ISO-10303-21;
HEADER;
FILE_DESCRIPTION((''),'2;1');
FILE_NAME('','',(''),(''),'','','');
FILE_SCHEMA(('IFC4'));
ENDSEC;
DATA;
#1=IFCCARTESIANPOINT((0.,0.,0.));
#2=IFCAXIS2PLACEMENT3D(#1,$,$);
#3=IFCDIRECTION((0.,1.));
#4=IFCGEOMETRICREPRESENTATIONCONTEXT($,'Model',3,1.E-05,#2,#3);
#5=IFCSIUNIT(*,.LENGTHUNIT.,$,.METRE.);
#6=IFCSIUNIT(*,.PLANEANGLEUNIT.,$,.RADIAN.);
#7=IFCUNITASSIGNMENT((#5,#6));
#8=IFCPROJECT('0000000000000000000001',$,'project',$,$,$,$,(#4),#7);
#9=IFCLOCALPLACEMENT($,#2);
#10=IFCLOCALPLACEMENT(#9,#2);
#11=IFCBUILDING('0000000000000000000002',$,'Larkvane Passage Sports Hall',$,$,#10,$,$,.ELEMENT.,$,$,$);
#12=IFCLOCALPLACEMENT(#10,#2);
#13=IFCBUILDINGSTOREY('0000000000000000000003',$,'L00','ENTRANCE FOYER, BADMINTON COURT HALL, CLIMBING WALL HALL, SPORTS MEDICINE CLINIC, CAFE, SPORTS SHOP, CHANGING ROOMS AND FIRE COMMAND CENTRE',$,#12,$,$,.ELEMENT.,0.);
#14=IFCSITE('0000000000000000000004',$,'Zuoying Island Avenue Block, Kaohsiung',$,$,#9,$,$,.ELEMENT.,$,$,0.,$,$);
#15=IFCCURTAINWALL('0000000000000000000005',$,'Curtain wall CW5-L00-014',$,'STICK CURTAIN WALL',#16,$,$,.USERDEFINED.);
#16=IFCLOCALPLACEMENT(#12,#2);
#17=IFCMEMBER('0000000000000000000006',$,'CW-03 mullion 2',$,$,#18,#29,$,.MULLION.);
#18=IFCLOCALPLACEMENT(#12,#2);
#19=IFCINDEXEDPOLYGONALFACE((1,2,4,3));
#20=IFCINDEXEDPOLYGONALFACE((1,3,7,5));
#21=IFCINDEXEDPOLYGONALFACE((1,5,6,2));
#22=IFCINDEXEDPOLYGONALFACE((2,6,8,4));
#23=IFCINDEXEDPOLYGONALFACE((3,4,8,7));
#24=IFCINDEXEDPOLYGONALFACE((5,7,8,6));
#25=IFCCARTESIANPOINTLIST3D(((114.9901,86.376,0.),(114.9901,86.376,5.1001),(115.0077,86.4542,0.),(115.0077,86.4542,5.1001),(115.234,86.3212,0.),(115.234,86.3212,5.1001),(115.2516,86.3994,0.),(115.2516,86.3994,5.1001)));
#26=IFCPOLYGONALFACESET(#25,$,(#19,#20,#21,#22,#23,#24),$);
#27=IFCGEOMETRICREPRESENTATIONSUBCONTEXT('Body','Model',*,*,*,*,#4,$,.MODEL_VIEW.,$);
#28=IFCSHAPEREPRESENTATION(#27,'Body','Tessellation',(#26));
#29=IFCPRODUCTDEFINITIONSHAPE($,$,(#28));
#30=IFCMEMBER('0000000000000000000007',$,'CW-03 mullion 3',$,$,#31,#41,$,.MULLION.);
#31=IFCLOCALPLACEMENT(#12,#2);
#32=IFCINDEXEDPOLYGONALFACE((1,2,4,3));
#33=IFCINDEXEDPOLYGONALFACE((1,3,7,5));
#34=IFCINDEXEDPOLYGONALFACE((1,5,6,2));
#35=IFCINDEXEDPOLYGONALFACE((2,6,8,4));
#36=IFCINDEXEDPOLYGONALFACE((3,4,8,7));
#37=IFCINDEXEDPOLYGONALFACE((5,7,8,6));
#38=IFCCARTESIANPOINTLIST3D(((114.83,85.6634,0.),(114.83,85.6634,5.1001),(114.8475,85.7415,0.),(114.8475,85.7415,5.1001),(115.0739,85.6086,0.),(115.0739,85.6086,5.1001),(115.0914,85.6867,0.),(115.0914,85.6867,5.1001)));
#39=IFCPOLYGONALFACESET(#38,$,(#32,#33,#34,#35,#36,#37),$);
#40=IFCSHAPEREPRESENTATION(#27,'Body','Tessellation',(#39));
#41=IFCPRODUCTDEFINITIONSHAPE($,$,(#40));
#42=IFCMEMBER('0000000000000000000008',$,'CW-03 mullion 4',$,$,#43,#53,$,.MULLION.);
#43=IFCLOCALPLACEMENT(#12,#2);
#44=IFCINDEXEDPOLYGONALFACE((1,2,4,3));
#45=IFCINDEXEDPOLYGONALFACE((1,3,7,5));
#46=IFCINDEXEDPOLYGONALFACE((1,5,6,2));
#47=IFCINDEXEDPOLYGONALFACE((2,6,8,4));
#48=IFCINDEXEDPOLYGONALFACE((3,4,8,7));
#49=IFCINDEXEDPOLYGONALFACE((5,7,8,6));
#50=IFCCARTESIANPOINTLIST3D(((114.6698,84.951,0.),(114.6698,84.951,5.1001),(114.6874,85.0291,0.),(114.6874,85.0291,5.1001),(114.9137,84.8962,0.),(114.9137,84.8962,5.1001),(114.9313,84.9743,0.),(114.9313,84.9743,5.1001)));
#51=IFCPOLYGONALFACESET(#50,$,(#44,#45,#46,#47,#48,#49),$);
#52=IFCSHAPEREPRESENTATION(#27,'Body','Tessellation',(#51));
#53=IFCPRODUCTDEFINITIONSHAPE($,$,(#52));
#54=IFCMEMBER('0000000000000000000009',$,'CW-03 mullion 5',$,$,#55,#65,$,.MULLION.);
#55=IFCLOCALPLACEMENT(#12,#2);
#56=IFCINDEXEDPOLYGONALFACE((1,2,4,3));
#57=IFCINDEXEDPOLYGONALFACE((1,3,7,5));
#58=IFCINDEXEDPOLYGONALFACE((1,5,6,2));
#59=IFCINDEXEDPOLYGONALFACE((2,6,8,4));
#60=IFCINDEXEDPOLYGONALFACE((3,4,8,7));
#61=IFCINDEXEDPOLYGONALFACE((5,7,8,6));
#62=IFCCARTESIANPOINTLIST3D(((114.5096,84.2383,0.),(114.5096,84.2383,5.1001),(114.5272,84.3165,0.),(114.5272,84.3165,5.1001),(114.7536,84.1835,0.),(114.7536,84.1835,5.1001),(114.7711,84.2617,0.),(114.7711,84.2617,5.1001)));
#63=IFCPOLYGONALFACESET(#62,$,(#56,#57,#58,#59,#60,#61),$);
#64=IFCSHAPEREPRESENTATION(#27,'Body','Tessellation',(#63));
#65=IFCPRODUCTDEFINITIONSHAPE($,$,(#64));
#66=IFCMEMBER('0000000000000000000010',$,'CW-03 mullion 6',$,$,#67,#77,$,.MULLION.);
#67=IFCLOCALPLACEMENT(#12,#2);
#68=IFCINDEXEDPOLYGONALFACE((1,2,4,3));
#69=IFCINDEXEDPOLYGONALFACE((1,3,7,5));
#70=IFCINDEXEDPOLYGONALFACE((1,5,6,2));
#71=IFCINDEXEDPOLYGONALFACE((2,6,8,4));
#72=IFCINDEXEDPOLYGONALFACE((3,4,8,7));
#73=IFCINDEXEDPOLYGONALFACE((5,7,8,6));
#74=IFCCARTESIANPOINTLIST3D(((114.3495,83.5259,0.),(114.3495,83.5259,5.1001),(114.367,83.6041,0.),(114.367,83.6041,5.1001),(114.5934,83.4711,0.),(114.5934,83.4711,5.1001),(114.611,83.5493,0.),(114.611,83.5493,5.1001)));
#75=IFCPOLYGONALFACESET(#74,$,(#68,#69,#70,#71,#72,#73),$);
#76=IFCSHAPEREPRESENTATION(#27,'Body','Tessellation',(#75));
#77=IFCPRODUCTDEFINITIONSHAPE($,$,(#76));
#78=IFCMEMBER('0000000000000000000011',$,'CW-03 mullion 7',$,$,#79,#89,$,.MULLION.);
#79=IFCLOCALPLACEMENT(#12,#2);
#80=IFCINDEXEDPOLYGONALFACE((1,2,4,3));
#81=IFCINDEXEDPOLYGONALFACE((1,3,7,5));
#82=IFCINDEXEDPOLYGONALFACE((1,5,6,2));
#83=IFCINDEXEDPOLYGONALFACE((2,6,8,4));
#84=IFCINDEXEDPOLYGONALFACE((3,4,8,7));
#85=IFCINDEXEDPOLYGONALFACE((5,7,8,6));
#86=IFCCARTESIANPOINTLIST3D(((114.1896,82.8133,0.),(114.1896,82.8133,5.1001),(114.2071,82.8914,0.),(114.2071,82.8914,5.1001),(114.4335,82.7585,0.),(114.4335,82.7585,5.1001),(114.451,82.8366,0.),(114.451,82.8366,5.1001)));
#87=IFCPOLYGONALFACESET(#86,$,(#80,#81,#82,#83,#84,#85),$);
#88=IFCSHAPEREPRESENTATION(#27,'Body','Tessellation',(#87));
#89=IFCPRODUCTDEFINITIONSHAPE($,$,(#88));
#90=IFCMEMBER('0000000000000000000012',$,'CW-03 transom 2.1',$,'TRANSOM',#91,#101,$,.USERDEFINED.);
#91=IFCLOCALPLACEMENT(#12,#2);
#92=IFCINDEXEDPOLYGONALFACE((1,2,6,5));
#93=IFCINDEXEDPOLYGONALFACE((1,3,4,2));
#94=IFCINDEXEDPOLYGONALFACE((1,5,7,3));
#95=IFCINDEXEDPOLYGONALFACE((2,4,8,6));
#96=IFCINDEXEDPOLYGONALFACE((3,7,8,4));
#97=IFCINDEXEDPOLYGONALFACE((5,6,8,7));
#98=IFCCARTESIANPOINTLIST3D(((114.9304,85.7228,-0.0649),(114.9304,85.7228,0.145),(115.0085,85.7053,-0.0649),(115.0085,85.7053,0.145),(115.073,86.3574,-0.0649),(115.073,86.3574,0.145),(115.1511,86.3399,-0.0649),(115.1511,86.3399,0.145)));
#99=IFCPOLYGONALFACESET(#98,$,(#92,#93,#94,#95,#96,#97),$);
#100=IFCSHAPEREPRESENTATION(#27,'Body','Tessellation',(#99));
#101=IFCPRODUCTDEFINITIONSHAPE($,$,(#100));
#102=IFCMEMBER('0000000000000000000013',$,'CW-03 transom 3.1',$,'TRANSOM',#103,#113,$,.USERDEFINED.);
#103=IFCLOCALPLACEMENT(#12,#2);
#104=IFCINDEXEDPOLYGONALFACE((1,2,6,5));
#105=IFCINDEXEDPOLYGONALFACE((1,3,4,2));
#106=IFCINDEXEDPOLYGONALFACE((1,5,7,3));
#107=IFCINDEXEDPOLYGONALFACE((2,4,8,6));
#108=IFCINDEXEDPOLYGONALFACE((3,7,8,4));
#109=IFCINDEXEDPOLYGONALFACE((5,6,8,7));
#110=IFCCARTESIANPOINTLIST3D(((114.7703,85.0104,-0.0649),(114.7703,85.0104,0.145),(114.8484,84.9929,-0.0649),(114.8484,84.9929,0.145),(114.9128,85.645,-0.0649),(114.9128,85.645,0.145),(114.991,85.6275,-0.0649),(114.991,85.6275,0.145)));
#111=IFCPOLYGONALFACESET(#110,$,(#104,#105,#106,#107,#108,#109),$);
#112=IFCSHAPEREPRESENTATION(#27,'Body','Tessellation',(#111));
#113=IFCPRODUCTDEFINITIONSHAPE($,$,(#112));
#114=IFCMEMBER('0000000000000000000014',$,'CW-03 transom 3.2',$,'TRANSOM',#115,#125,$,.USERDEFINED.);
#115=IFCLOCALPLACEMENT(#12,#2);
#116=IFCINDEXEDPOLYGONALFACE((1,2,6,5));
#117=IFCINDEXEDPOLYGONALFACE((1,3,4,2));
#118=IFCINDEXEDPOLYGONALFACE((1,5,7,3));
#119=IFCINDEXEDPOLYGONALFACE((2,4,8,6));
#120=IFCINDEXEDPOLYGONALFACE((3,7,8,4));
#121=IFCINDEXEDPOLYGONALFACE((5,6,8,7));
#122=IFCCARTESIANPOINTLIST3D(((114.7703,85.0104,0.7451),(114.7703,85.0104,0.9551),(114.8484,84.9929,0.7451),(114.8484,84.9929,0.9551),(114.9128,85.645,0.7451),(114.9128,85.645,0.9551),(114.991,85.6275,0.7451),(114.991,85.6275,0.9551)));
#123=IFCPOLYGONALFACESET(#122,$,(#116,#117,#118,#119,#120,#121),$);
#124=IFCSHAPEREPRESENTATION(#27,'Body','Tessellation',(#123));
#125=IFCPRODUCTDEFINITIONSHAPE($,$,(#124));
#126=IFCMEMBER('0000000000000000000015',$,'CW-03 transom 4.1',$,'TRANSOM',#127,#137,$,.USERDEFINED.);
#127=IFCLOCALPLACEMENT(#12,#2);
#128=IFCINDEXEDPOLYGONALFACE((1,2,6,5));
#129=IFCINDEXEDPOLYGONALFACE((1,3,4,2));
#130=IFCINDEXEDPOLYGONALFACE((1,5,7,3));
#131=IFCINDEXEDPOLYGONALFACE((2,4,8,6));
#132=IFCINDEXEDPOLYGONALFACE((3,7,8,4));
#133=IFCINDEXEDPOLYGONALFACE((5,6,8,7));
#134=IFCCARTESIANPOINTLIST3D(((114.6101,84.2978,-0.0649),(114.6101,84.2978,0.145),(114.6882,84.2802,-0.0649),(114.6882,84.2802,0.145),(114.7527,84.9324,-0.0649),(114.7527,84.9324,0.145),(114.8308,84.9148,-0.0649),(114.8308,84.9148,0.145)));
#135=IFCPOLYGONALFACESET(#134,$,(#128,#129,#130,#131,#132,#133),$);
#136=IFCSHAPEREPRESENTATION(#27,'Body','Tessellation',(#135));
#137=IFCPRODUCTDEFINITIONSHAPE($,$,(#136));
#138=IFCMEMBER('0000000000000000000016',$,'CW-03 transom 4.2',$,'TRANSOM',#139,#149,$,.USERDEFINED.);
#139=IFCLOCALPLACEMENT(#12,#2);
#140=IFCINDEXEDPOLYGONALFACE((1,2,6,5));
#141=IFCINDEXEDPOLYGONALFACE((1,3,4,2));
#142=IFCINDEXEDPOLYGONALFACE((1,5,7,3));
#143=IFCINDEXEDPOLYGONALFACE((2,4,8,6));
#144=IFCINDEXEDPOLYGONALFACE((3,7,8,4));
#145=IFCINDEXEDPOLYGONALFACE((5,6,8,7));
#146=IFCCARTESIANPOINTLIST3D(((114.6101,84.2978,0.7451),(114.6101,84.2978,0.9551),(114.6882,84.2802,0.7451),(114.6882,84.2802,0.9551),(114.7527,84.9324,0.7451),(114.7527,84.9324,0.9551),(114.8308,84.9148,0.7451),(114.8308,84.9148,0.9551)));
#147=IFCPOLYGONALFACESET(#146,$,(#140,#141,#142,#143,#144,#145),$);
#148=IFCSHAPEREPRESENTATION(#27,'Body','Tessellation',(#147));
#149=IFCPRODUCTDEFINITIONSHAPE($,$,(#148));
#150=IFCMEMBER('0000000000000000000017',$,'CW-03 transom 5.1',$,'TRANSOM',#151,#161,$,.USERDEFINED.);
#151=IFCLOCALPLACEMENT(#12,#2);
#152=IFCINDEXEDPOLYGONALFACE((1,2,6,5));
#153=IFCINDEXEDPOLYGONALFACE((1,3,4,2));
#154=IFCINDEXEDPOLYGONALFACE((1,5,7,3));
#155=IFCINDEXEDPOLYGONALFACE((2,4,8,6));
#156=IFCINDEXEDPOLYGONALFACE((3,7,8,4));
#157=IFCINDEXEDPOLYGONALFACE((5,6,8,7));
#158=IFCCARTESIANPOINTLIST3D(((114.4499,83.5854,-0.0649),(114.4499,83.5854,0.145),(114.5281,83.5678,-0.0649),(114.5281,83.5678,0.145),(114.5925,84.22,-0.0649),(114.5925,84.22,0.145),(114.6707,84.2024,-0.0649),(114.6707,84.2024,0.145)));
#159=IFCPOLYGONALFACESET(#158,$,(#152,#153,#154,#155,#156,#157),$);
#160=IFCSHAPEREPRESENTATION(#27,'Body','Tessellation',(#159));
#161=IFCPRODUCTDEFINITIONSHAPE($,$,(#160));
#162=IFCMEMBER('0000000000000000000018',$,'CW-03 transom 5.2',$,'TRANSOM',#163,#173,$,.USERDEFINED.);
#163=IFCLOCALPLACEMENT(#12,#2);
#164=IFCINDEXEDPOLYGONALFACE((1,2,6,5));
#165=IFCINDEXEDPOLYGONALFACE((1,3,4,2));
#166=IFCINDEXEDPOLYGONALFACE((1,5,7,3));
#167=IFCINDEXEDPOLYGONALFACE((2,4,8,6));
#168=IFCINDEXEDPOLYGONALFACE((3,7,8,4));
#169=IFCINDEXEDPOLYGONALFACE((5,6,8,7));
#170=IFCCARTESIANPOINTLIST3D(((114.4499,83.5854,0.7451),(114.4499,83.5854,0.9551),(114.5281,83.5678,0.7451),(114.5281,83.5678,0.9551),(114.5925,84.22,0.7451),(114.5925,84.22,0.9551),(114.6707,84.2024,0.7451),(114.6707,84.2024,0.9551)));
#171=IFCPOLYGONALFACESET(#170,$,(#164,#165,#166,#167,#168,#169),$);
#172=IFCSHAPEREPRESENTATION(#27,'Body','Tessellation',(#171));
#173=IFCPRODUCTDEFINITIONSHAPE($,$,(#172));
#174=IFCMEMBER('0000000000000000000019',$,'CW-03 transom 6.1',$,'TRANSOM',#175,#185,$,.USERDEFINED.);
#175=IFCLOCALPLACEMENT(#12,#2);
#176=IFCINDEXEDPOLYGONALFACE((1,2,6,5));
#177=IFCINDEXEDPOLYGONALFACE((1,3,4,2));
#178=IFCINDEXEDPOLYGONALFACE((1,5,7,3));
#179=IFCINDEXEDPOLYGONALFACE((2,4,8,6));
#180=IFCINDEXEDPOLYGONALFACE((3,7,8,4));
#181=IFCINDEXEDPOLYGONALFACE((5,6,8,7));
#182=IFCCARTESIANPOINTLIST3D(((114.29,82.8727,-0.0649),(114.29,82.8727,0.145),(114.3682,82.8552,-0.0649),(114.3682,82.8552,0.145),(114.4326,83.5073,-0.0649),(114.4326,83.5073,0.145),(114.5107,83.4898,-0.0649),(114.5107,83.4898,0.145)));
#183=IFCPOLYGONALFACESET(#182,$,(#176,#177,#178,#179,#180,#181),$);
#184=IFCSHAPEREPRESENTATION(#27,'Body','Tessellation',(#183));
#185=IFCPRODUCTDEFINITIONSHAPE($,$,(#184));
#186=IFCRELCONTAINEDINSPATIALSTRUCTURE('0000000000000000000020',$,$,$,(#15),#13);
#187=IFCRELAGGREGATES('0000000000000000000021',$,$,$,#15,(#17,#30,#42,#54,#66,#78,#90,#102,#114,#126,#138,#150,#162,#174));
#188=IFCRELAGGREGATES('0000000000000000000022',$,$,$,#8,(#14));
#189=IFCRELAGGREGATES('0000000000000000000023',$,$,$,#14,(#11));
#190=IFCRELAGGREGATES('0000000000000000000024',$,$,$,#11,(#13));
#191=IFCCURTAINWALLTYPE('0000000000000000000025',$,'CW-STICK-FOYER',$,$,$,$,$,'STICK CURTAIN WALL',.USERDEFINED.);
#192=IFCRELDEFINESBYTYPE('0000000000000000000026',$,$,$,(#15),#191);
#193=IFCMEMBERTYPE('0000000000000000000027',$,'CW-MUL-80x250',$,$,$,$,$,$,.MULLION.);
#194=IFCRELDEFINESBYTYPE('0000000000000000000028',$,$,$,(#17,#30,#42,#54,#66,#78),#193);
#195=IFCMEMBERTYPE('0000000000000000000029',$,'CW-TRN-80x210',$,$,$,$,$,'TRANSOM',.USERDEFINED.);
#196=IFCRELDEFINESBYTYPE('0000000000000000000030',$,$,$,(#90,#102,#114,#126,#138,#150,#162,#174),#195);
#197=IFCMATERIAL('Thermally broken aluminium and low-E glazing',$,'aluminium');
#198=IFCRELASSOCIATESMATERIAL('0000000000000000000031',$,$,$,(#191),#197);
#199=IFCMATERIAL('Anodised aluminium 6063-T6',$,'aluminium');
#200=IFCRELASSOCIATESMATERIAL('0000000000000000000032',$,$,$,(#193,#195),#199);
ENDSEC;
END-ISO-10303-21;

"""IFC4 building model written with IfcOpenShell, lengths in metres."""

from ifc_helpers import new_model, si_unit, direction, frame, origin, origin_2d, place, context, subcontext, project, spatial, rectangle, extrude, material, material_profile, profile_set, type_object, element, aggregate, save


model = new_model("IFC4")

# Units and contexts
model_context = context("Model", 3, precision=1e-05, world=origin(), true_north=direction((0.0, 1.0)))
body_context = subcontext(model_context, "Body", "Model", "MODEL_VIEW")
ifc_project = project(units=[si_unit("LENGTHUNIT", "METRE"), si_unit("PLANEANGLEUNIT", "RADIAN")], contexts=[model_context])

# Site, building, storey
site_placement = place(None, origin())
site = spatial("IfcSite", under=ifc_project, at=site_placement, Name="Zuoying Island Avenue Block, Kaohsiung", CompositionType="ELEMENT", RefElevation=0.0)
building_placement = place(site_placement, origin())
building = spatial("IfcBuilding", under=site, at=building_placement, Name="Larkvane Passage Sports Hall", CompositionType="ELEMENT")
storey_placement = place(building_placement, origin())
storey = spatial("IfcBuildingStorey", under=building, at=storey_placement, Name="L00", Description="ENTRANCE FOYER, BADMINTON COURT HALL, CLIMBING WALL HALL, SPORTS MEDICINE CLINIC, CAFE, SPORTS SHOP, CHANGING ROOMS AND FIRE COMMAND CENTRE", CompositionType="ELEMENT", Elevation=0.0)

# Curtain wall, members
ifc_material_1 = material(Name="Thermally broken aluminium and low-E glazing", Category="aluminium")
curtain_wall_type = type_object("IfcCurtainWallType", Name="CW-STICK-FOYER", ElementType="STICK CURTAIN WALL", PredefinedType="USERDEFINED", material=ifc_material_1)
curtain_wall_placement = place(storey_placement, origin())
curtain_wall = element("IfcCurtainWall", 1, at=curtain_wall_placement, inside=storey, type_object=curtain_wall_type, Name="Curtain wall CW5-L00-014", ObjectType="STICK CURTAIN WALL", PredefinedType="USERDEFINED")
ifc_material_2 = material(Name="Anodised aluminium 6063-T6", Category="aluminium")
ifc_material_profile_1 = material_profile(ifc_material_2, rectangle(XDim=0.0801, YDim=0.25, at=origin_2d()), Name="ALU-MUL-80x250")
ifc_profile_set_1 = profile_set([ifc_material_profile_1], Name="Anodised aluminium 6063-T6")
member_type_1 = type_object("IfcMemberType", Name="CW-MUL-80x250", PredefinedType="MULLION", material=ifc_profile_set_1)
member_1_placement = place(storey_placement, frame((115.1208, 86.3877, 0.0), z_axis=(0.0, 0.0, 1.0), x_axis=(-0.219244, -0.97567, 0.0)))
member_1 = element("IfcMember", 2, at=member_1_placement, type_object=member_type_1, Name="CW-03 mullion 2", PredefinedType="MULLION", context=body_context, shape_type="SweptSolid", body=[
    extrude(rectangle(XDim=0.0801, YDim=0.25, at=origin_2d()), origin(), (0.0, 0.0, 1.0), 5.1001),
])
member_2_placement = place(storey_placement, frame((114.9607, 85.675, 0.0), z_axis=(0.0, 0.0, 1.0), x_axis=(-0.219244, -0.97567, 0.0)))
member_2 = element("IfcMember", 3, at=member_2_placement, type_object=member_type_1, Name="CW-03 mullion 3", PredefinedType="MULLION", context=body_context, shape_type="SweptSolid", body=[
    extrude(rectangle(XDim=0.0801, YDim=0.25, at=origin_2d()), origin(), (0.0, 0.0, 1.0), 5.1001),
])
member_3_placement = place(storey_placement, frame((114.8005, 84.9626, 0.0), z_axis=(0.0, 0.0, 1.0), x_axis=(-0.219244, -0.97567, 0.0)))
member_3 = element("IfcMember", 4, at=member_3_placement, type_object=member_type_1, Name="CW-03 mullion 4", PredefinedType="MULLION", context=body_context, shape_type="SweptSolid", body=[
    extrude(rectangle(XDim=0.0801, YDim=0.25, at=origin_2d()), origin(), (0.0, 0.0, 1.0), 5.1001),
])
member_4_placement = place(storey_placement, frame((114.6404, 84.25, 0.0), z_axis=(0.0, 0.0, 1.0), x_axis=(-0.219244, -0.97567, 0.0)))
member_4 = element("IfcMember", 5, at=member_4_placement, type_object=member_type_1, Name="CW-03 mullion 5", PredefinedType="MULLION", context=body_context, shape_type="SweptSolid", body=[
    extrude(rectangle(XDim=0.0801, YDim=0.25, at=origin_2d()), origin(), (0.0, 0.0, 1.0), 5.1001),
])
member_5_placement = place(storey_placement, frame((114.4802, 83.5376, 0.0), z_axis=(0.0, 0.0, 1.0), x_axis=(-0.219244, -0.97567, 0.0)))
member_5 = element("IfcMember", 6, at=member_5_placement, type_object=member_type_1, Name="CW-03 mullion 6", PredefinedType="MULLION", context=body_context, shape_type="SweptSolid", body=[
    extrude(rectangle(XDim=0.0801, YDim=0.25, at=origin_2d()), origin(), (0.0, 0.0, 1.0), 5.1001),
])
member_6_placement = place(storey_placement, frame((114.3203, 82.825, 0.0), z_axis=(0.0, 0.0, 1.0), x_axis=(-0.219244, -0.97567, 0.0)))
member_6 = element("IfcMember", 7, at=member_6_placement, type_object=member_type_1, Name="CW-03 mullion 7", PredefinedType="MULLION", context=body_context, shape_type="SweptSolid", body=[
    extrude(rectangle(XDim=0.0801, YDim=0.25, at=origin_2d()), origin(), (0.0, 0.0, 1.0), 5.1001),
])
ifc_material_profile_2 = material_profile(ifc_material_2, rectangle(XDim=0.0801, YDim=0.21, at=origin_2d()), Name="ALU-TRN-80x210")
ifc_profile_set_2 = profile_set([ifc_material_profile_2], Name="Anodised aluminium 6063-T6")
member_type_2 = type_object("IfcMemberType", Name="CW-TRN-80x210", ElementType="TRANSOM", PredefinedType="USERDEFINED", material=ifc_profile_set_2)
member_7_placement = place(storey_placement, frame((115.1121, 86.3486, 0.04), z_axis=(-0.219235, -0.975672, 0.0), x_axis=(0.975672, -0.219235, 0.0)))
member_7 = element("IfcMember", 8, at=member_7_placement, type_object=member_type_2, Name="CW-03 transom 2.1", ObjectType="TRANSOM", PredefinedType="USERDEFINED", context=body_context, shape_type="SweptSolid", body=[
    extrude(rectangle(XDim=0.0801, YDim=0.21, at=origin_2d()), origin(), (0.0, 0.0, 1.0), 0.6504),
])
member_8_placement = place(storey_placement, frame((114.9519, 85.6362, 0.04), z_axis=(-0.219235, -0.975672, 0.0), x_axis=(0.975672, -0.219235, 0.0)))
member_8 = element("IfcMember", 9, at=member_8_placement, type_object=member_type_2, Name="CW-03 transom 3.1", ObjectType="TRANSOM", PredefinedType="USERDEFINED", context=body_context, shape_type="SweptSolid", body=[
    extrude(rectangle(XDim=0.0801, YDim=0.21, at=origin_2d()), origin(), (0.0, 0.0, 1.0), 0.6504),
])
member_9_placement = place(storey_placement, frame((114.9519, 85.6362, 0.8501), z_axis=(-0.219235, -0.975672, 0.0), x_axis=(0.975672, -0.219235, 0.0)))
member_9 = element("IfcMember", 10, at=member_9_placement, type_object=member_type_2, Name="CW-03 transom 3.2", ObjectType="TRANSOM", PredefinedType="USERDEFINED", context=body_context, shape_type="SweptSolid", body=[
    extrude(rectangle(XDim=0.0801, YDim=0.21, at=origin_2d()), origin(), (0.0, 0.0, 1.0), 0.6504),
])
member_10_placement = place(storey_placement, frame((114.7917, 84.9236, 0.04), z_axis=(-0.219235, -0.975672, 0.0), x_axis=(0.975672, -0.219235, 0.0)))
member_10 = element("IfcMember", 11, at=member_10_placement, type_object=member_type_2, Name="CW-03 transom 4.1", ObjectType="TRANSOM", PredefinedType="USERDEFINED", context=body_context, shape_type="SweptSolid", body=[
    extrude(rectangle(XDim=0.0801, YDim=0.21, at=origin_2d()), origin(), (0.0, 0.0, 1.0), 0.6504),
])
member_11_placement = place(storey_placement, frame((114.7917, 84.9236, 0.8501), z_axis=(-0.219235, -0.975672, 0.0), x_axis=(0.975672, -0.219235, 0.0)))
member_11 = element("IfcMember", 12, at=member_11_placement, type_object=member_type_2, Name="CW-03 transom 4.2", ObjectType="TRANSOM", PredefinedType="USERDEFINED", context=body_context, shape_type="SweptSolid", body=[
    extrude(rectangle(XDim=0.0801, YDim=0.21, at=origin_2d()), origin(), (0.0, 0.0, 1.0), 0.6504),
])
member_12_placement = place(storey_placement, frame((114.6316, 84.2112, 0.04), z_axis=(-0.219235, -0.975672, 0.0), x_axis=(0.975672, -0.219235, 0.0)))
member_12 = element("IfcMember", 13, at=member_12_placement, type_object=member_type_2, Name="CW-03 transom 5.1", ObjectType="TRANSOM", PredefinedType="USERDEFINED", context=body_context, shape_type="SweptSolid", body=[
    extrude(rectangle(XDim=0.0801, YDim=0.21, at=origin_2d()), origin(), (0.0, 0.0, 1.0), 0.6504),
])
member_13_placement = place(storey_placement, frame((114.6316, 84.2112, 0.8501), z_axis=(-0.219235, -0.975672, 0.0), x_axis=(0.975672, -0.219235, 0.0)))
member_13 = element("IfcMember", 14, at=member_13_placement, type_object=member_type_2, Name="CW-03 transom 5.2", ObjectType="TRANSOM", PredefinedType="USERDEFINED", context=body_context, shape_type="SweptSolid", body=[
    extrude(rectangle(XDim=0.0801, YDim=0.21, at=origin_2d()), origin(), (0.0, 0.0, 1.0), 0.6504),
])
member_14_placement = place(storey_placement, frame((114.4717, 83.4985, 0.04), z_axis=(-0.219235, -0.975672, 0.0), x_axis=(0.975672, -0.219235, 0.0)))
member_14 = element("IfcMember", 15, at=member_14_placement, type_object=member_type_2, Name="CW-03 transom 6.1", ObjectType="TRANSOM", PredefinedType="USERDEFINED", context=body_context, shape_type="SweptSolid", body=[
    extrude(rectangle(XDim=0.0801, YDim=0.21, at=origin_2d()), origin(), (0.0, 0.0, 1.0), 0.6504),
])
aggregate(curtain_wall, [member_1, member_2, member_3, member_4, member_5, member_6, member_7, member_8, member_9, member_10, member_11, member_12, member_13, member_14])

save(model, "model.ifc")
